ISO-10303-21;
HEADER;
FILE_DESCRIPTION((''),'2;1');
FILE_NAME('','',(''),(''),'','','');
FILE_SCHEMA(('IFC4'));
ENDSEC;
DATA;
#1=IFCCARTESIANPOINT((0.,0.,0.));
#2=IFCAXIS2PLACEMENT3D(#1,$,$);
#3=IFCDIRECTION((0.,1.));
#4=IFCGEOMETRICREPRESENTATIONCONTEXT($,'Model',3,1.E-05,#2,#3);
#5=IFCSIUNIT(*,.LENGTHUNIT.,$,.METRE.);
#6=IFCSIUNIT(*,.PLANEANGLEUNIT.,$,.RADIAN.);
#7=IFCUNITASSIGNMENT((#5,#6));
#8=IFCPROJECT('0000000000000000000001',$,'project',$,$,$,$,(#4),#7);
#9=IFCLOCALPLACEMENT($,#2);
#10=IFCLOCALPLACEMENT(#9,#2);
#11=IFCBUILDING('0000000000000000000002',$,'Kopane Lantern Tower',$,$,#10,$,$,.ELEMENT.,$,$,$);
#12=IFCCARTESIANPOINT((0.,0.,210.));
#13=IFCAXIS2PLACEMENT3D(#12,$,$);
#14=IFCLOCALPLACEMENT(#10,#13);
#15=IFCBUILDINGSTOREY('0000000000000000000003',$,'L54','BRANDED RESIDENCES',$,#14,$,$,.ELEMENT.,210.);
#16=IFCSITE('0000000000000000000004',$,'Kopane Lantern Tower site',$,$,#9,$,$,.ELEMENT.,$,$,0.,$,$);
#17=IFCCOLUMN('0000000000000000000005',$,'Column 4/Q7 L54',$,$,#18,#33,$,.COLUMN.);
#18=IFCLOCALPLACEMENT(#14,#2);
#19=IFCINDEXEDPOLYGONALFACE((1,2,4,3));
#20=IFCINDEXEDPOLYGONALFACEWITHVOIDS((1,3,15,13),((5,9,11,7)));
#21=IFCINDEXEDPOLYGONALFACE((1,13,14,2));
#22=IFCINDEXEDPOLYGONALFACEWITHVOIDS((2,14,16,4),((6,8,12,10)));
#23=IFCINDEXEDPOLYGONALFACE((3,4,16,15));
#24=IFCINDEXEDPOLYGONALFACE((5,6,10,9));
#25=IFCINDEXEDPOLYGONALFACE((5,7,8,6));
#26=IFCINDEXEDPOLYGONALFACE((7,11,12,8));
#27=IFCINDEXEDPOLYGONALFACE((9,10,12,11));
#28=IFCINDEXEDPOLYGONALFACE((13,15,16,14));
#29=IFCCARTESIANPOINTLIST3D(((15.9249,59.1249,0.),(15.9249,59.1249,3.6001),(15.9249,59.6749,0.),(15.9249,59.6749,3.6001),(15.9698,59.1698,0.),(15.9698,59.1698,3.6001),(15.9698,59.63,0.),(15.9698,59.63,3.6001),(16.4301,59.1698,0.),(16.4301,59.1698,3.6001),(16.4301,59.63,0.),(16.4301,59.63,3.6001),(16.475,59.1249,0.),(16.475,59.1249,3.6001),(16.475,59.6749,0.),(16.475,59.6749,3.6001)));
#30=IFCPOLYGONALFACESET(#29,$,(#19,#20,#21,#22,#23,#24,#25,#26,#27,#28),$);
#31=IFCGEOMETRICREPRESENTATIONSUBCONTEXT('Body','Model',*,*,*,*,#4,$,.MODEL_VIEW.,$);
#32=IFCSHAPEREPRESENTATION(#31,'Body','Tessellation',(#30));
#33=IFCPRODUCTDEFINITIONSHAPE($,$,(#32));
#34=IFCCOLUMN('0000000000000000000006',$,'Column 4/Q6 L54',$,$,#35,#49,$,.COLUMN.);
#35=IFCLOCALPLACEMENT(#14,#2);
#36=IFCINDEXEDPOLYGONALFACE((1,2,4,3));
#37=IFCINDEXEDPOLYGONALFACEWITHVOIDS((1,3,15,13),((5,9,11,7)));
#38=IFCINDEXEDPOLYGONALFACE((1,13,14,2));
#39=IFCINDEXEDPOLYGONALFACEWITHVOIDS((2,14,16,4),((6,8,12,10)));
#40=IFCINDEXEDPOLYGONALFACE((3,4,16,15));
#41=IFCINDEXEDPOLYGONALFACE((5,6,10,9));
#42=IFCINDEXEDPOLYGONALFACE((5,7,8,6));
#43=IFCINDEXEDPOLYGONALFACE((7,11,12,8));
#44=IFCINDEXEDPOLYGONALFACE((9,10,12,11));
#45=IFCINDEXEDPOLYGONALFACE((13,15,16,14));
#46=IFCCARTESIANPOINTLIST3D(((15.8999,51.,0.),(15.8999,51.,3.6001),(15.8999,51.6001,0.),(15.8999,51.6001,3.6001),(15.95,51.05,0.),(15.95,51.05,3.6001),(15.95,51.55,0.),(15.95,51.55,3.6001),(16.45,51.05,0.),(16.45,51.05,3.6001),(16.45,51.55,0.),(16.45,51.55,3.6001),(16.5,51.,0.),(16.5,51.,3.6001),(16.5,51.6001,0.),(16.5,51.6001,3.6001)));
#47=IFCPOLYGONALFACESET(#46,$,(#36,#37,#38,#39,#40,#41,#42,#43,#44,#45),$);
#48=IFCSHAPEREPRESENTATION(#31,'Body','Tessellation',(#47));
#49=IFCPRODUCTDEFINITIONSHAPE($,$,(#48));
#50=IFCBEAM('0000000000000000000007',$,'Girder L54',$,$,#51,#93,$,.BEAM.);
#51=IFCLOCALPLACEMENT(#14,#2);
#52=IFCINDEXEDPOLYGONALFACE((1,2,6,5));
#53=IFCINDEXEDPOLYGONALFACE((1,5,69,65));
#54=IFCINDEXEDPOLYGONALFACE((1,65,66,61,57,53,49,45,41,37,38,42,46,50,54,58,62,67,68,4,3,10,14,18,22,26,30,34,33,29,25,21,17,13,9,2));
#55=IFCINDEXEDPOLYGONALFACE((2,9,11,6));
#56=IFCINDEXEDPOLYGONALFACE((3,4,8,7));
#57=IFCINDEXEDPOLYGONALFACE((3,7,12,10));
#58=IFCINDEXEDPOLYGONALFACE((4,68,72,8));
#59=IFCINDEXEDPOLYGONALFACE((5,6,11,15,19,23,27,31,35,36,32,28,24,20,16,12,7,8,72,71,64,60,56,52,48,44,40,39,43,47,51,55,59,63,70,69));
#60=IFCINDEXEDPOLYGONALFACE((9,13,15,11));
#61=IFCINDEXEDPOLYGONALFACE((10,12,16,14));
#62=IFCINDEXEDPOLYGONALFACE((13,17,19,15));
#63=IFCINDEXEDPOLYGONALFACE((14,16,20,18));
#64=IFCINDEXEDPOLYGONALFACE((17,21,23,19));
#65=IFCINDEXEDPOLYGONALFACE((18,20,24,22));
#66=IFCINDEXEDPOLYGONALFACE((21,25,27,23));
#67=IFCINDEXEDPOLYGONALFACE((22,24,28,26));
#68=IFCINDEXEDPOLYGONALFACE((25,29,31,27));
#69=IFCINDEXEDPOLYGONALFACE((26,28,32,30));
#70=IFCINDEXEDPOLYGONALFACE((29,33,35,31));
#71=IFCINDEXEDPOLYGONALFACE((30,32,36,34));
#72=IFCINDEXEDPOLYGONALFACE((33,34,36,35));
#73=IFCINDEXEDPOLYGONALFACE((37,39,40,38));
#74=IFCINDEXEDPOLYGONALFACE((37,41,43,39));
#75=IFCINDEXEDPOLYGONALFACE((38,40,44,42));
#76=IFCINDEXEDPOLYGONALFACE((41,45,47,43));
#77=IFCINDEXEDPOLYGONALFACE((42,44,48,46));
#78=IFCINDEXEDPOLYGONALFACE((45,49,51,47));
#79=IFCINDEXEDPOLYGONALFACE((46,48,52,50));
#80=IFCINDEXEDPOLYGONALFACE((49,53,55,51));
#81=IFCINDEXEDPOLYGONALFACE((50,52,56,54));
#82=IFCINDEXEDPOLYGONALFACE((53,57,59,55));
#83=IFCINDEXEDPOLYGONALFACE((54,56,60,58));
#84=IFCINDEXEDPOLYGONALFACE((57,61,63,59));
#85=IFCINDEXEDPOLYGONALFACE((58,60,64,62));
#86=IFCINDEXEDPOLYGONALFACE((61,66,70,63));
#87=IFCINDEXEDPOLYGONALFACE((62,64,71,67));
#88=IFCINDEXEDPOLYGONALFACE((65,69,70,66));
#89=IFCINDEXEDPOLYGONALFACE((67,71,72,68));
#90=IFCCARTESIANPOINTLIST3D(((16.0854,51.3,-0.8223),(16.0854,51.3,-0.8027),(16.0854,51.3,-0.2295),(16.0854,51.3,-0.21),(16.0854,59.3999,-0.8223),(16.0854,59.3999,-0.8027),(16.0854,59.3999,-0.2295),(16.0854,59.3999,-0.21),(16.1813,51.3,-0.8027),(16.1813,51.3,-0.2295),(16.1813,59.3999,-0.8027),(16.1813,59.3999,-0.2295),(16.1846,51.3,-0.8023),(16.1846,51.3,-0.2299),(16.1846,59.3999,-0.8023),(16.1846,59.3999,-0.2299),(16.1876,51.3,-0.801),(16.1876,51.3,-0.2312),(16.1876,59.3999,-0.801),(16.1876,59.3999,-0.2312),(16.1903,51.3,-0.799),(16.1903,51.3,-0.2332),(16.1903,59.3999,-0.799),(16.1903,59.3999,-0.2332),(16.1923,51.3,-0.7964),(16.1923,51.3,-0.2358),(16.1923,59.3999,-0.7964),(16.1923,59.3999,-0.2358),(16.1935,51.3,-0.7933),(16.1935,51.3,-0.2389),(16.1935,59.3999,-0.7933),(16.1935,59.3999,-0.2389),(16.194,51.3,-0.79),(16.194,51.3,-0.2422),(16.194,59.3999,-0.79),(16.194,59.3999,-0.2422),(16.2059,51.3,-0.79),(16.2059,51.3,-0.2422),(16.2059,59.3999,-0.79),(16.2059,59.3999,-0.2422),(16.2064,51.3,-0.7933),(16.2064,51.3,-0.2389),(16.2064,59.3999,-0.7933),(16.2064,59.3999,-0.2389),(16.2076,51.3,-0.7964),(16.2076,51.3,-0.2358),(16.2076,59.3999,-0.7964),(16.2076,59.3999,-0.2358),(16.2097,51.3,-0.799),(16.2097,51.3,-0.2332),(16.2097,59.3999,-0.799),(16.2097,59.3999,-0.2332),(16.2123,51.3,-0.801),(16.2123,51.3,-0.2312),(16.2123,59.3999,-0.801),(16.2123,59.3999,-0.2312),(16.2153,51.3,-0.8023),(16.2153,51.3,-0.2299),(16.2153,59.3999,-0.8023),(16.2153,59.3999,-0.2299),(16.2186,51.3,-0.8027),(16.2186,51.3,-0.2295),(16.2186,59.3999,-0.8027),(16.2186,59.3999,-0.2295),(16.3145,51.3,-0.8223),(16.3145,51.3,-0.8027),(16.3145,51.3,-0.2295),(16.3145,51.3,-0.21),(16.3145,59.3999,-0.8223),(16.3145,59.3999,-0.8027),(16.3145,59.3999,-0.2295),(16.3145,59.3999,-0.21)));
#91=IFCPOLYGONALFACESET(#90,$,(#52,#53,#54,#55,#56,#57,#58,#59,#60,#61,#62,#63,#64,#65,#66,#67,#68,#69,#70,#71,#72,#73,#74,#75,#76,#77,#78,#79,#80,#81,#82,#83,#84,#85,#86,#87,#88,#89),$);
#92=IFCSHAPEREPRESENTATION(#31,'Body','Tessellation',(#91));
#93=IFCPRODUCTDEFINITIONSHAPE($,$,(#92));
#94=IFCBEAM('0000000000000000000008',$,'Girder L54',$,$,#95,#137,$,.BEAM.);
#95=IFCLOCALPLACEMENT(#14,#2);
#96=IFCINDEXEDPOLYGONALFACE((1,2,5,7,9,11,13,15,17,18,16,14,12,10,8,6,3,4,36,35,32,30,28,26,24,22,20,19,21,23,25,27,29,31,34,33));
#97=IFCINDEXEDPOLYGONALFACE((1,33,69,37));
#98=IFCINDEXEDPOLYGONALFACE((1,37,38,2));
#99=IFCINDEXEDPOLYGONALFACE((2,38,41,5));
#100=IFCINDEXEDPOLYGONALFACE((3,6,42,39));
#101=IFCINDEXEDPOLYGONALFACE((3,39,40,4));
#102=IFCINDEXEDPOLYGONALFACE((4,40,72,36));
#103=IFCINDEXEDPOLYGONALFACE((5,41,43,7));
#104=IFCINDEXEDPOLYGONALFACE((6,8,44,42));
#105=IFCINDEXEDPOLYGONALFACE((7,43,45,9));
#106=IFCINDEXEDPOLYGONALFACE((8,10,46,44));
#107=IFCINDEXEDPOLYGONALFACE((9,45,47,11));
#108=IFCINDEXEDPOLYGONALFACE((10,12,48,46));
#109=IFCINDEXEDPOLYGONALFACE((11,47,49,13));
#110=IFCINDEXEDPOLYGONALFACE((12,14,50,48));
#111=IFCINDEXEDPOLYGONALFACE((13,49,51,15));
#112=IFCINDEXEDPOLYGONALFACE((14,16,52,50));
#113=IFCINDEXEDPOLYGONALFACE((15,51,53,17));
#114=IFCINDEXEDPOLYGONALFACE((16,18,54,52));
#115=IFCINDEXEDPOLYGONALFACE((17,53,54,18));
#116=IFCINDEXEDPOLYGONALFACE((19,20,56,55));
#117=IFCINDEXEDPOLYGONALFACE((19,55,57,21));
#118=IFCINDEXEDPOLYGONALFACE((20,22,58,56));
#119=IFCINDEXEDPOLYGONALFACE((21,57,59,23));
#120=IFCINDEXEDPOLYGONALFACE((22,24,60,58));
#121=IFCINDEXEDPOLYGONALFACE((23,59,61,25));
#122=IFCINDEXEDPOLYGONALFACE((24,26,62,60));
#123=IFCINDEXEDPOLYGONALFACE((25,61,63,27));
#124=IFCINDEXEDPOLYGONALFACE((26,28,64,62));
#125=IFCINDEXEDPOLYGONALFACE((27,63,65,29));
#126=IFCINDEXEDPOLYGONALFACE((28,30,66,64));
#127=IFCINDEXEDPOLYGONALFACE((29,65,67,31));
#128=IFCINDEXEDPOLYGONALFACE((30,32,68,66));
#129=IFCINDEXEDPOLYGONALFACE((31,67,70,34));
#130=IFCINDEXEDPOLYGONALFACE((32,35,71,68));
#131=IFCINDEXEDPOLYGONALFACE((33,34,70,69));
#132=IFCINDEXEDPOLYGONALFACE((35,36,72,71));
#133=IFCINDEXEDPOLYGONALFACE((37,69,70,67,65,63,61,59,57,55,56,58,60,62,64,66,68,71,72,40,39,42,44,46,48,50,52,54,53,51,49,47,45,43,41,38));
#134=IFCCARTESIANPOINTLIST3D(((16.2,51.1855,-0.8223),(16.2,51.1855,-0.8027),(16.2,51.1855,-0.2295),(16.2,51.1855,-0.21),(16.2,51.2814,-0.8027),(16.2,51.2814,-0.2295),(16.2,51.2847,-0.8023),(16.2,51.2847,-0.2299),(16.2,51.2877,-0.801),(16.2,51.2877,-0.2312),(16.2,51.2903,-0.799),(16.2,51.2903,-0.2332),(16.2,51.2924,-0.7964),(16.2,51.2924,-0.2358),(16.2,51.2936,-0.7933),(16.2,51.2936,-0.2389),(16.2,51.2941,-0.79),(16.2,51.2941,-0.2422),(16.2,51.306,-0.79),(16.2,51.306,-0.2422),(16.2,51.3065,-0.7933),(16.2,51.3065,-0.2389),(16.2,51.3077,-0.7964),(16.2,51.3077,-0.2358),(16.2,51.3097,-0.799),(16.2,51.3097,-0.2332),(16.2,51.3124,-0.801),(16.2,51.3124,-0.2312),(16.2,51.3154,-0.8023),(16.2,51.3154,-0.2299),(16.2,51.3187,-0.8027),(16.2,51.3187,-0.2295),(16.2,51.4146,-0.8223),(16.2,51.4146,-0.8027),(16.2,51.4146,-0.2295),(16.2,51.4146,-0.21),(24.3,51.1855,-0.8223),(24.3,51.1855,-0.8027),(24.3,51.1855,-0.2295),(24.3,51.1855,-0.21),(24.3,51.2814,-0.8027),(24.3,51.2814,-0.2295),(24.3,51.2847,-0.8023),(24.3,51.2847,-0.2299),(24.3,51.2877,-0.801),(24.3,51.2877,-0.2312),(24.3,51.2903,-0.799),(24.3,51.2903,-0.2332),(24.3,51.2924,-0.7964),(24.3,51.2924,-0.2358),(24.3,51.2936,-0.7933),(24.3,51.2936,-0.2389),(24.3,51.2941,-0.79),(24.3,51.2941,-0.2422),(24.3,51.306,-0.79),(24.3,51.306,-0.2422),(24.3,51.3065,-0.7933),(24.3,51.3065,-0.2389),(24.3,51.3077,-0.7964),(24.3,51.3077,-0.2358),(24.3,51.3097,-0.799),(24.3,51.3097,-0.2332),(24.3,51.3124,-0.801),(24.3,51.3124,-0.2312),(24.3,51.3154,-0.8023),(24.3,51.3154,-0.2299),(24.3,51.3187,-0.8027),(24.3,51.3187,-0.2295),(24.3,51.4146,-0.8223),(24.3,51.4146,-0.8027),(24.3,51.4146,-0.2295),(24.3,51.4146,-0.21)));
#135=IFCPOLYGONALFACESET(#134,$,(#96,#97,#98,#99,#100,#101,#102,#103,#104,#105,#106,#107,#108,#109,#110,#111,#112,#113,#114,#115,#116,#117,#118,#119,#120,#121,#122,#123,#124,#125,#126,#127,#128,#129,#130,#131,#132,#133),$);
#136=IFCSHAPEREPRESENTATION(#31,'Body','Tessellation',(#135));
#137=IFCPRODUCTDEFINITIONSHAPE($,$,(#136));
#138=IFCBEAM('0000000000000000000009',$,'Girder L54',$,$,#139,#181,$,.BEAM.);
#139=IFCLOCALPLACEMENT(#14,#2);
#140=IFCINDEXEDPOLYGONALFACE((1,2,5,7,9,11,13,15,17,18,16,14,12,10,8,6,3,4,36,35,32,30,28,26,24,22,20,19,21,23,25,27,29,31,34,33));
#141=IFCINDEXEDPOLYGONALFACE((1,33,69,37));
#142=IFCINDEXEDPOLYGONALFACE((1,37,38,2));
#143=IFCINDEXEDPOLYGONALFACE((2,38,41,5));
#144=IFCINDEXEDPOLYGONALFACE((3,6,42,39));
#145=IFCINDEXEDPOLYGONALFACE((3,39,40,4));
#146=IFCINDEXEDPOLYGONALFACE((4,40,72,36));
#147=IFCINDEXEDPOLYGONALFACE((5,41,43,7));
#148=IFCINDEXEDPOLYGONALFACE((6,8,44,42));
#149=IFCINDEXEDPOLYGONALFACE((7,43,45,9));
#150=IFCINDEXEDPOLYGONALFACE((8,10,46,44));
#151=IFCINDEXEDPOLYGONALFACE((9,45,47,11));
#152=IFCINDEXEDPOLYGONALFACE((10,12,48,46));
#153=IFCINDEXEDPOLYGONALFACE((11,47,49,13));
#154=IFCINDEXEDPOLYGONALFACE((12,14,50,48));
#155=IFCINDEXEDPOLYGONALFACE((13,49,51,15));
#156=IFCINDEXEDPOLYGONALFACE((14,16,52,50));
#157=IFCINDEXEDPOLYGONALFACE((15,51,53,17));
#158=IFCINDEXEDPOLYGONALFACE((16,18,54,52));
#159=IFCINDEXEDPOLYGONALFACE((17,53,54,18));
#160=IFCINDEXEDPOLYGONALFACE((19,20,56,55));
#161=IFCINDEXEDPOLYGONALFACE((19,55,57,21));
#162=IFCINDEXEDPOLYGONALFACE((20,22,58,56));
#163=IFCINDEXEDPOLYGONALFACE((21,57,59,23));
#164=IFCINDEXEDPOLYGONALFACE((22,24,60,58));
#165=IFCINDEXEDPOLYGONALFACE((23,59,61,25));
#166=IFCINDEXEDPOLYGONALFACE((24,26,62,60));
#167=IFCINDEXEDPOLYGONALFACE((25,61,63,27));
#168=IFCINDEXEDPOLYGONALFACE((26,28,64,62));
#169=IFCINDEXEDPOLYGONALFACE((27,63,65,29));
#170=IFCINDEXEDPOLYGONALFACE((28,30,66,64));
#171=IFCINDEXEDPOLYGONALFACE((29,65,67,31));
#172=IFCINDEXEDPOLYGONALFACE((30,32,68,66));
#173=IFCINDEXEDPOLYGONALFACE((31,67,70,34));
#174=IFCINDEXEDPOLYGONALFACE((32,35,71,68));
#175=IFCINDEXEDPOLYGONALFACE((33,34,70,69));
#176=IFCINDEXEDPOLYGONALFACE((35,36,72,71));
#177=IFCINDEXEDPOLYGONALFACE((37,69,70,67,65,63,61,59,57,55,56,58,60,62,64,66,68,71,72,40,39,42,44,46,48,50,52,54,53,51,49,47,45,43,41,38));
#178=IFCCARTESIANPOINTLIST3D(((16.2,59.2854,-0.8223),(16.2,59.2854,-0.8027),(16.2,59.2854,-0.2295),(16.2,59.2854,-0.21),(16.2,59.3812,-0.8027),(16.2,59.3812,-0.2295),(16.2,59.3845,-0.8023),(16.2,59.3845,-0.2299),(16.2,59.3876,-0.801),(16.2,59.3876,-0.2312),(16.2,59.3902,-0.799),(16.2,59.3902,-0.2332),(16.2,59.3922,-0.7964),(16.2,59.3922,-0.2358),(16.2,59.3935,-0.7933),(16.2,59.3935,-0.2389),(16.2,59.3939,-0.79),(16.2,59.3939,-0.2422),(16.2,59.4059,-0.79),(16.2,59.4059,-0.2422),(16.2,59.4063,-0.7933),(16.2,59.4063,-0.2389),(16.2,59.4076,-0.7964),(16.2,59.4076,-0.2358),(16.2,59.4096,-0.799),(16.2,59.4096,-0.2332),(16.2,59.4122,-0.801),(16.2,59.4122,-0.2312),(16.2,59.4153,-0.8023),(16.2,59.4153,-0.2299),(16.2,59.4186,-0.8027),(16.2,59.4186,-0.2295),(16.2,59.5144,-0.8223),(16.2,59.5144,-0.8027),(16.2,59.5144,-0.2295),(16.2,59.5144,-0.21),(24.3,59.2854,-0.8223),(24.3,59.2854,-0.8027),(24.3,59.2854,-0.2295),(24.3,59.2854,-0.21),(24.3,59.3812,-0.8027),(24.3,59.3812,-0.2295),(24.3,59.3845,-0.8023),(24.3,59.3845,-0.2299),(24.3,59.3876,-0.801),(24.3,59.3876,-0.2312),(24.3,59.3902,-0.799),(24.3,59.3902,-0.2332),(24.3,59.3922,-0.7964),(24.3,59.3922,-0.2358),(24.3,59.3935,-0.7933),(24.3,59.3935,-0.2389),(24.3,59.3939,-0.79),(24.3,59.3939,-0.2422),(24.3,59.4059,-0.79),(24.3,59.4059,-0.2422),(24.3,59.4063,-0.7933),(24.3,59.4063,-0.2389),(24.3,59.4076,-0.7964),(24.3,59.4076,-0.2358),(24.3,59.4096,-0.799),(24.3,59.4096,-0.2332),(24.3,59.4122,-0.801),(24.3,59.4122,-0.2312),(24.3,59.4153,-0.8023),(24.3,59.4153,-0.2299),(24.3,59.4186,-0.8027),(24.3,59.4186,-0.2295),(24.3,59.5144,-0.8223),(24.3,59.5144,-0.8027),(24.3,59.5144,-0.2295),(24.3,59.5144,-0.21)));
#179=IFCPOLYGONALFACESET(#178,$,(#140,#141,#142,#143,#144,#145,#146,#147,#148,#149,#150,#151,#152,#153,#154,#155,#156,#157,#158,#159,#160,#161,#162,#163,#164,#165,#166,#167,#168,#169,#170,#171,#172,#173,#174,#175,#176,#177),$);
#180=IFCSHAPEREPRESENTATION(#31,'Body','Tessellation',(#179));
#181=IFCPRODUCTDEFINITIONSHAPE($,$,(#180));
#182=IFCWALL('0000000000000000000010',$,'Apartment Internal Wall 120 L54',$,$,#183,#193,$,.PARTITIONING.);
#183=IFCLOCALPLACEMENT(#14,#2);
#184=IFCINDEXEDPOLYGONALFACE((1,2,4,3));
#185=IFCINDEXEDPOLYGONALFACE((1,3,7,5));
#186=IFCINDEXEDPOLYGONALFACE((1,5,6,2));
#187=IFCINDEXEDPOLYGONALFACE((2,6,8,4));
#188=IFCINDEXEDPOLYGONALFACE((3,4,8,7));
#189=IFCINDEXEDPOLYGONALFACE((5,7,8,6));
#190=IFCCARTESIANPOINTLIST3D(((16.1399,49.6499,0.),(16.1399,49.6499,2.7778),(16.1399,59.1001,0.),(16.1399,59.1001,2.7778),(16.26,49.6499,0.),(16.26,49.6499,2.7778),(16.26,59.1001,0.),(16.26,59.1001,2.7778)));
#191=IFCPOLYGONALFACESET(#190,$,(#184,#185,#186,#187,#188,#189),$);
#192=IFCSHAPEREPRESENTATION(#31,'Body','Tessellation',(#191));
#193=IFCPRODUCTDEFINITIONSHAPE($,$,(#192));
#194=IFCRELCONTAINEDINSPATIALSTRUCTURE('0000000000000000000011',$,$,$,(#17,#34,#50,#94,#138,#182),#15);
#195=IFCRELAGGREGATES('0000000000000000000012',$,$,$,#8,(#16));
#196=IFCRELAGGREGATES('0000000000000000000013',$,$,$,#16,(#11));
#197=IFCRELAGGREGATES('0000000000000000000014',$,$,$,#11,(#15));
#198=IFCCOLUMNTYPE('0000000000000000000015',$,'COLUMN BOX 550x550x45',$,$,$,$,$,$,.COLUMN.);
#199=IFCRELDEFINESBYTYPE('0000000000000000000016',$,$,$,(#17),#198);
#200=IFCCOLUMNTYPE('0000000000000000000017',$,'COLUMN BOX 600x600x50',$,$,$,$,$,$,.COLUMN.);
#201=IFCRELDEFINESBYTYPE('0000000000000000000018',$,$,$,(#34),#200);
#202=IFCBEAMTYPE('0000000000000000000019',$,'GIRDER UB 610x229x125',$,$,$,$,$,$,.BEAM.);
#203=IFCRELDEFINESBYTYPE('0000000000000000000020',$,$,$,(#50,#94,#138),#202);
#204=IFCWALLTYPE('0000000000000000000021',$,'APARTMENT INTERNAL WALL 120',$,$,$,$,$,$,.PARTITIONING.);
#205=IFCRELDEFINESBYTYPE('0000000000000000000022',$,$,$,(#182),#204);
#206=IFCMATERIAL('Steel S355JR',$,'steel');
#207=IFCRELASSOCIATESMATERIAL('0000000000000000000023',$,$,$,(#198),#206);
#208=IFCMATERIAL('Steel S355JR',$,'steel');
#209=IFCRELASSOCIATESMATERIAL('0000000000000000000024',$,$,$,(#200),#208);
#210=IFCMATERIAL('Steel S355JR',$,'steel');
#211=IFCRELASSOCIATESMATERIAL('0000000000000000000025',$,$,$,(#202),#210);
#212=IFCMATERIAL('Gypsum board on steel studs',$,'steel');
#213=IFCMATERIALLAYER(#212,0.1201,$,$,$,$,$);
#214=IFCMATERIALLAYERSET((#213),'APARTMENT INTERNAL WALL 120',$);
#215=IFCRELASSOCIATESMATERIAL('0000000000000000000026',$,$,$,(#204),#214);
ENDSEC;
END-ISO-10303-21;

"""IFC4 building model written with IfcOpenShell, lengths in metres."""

from ifc_helpers import new_model, si_unit, direction, frame, frame_2d, origin, origin_2d, place, context, subcontext, project, spatial, rectangle, hollow_rectangle, i_section, extrude, material, layer, layer_set, material_profile, profile_set, type_object, element, save


model = new_model("IFC4")

# Units and contexts
model_context = context("Model", 3, precision=1e-05, world=origin(), true_north=direction((0.0, 1.0)))
body_context = subcontext(model_context, "Body", "Model", "MODEL_VIEW")
ifc_project = project(units=[si_unit("LENGTHUNIT", "METRE"), si_unit("PLANEANGLEUNIT", "RADIAN")], contexts=[model_context])

# Site, building, storey
site_placement = place(None, origin())
site = spatial("IfcSite", under=ifc_project, at=site_placement, Name="Kopane Lantern Tower site", CompositionType="ELEMENT", RefElevation=0.0)
building_placement = place(site_placement, origin())
building = spatial("IfcBuilding", under=site, at=building_placement, Name="Kopane Lantern Tower", CompositionType="ELEMENT")
storey_placement = place(building_placement, frame((0.0, 0.0, 210.0)))
storey = spatial("IfcBuildingStorey", under=building, at=storey_placement, Name="L54", Description="BRANDED RESIDENCES", CompositionType="ELEMENT", Elevation=210.0)

# Columns
ifc_material_1 = material(Name="Steel S355JR", Category="steel")
ifc_material_profile_1 = material_profile(ifc_material_1, hollow_rectangle(XDim=0.55, YDim=0.55, WallThickness=0.0449, at=origin_2d()), Name="BOX 550x550x45")
ifc_profile_set_1 = profile_set([ifc_material_profile_1], Name="Steel S355JR")
column_type_1 = type_object("IfcColumnType", Name="COLUMN BOX 550x550x45", PredefinedType="COLUMN", material=ifc_profile_set_1)
column_1_placement = place(storey_placement, frame((16.2, 59.3999, 0.0), z_axis=(0.0, 0.0, 1.0), x_axis=(1.0, 0.0, 0.0)))
element("IfcColumn", 1, at=column_1_placement, inside=storey, type_object=column_type_1, Name="Column 4/Q7 L54", PredefinedType="COLUMN", context=body_context, shape_type="SweptSolid", body=[
    extrude(hollow_rectangle(XDim=0.55, YDim=0.55, WallThickness=0.0449, at=origin_2d()), origin(), (0.0, 0.0, 1.0), 3.6001),
])
ifc_material_2 = material(Name="Steel S355JR", Category="steel")
ifc_material_profile_2 = material_profile(ifc_material_2, hollow_rectangle(XDim=0.6001, YDim=0.6001, WallThickness=0.05, at=origin_2d()), Name="BOX 600x600x50")
ifc_profile_set_2 = profile_set([ifc_material_profile_2], Name="Steel S355JR")
column_type_2 = type_object("IfcColumnType", Name="COLUMN BOX 600x600x50", PredefinedType="COLUMN", material=ifc_profile_set_2)
column_2_placement = place(storey_placement, frame((16.2, 51.3, 0.0), z_axis=(0.0, 0.0, 1.0), x_axis=(1.0, 0.0, 0.0)))
element("IfcColumn", 2, at=column_2_placement, inside=storey, type_object=column_type_2, Name="Column 4/Q6 L54", PredefinedType="COLUMN", context=body_context, shape_type="SweptSolid", body=[
    extrude(hollow_rectangle(XDim=0.6001, YDim=0.6001, WallThickness=0.05, at=origin_2d()), origin(), (0.0, 0.0, 1.0), 3.6001),
])

# Beams
ifc_material_3 = material(Name="Steel S355JR", Category="steel")
ifc_material_profile_3 = material_profile(ifc_material_3, i_section(OverallWidth=0.229, OverallDepth=0.6123, WebThickness=0.012, FlangeThickness=0.0195, FilletRadius=0.0127, at=origin_2d()), Name="UB 610x229x125")
ifc_profile_set_3 = profile_set([ifc_material_profile_3], Name="Steel S355JR")
beam_type = type_object("IfcBeamType", Name="GIRDER UB 610x229x125", PredefinedType="BEAM", material=ifc_profile_set_3)
beam_placement = place(storey_placement, frame((16.2, 51.3, -0.5161), z_axis=(0.0, 1.0, 0.0), x_axis=(-1.0, 0.0, 0.0)))
element("IfcBeam", 3, at=beam_placement, inside=storey, type_object=beam_type, Name="Girder L54", PredefinedType="BEAM", context=body_context, shape_type="SweptSolid", body=[
    extrude(i_section(OverallWidth=0.229, OverallDepth=0.6123, WebThickness=0.012, FlangeThickness=0.0195, FilletRadius=0.0127, at=origin_2d()), origin(), (0.0, 0.0, 1.0), 8.0999),
])
for number, where, z_axis, x_axis, name in (
    (4, (16.2, 51.3, -0.5161), (1.0, 0.0, 0.0), (0.0, 1.0, 0.0), "Girder L54"),
    (5, (16.2, 59.3999, -0.5161), (1.0, 0.0, 0.0), (0.0, 1.0, 0.0), "Girder L54"),
):
    element("IfcBeam", number, at=place(storey_placement, frame(where, z_axis=z_axis, x_axis=x_axis)), inside=storey, type_object=beam_type, Name=name, PredefinedType="BEAM", context=body_context, shape_type="SweptSolid", body=[
        extrude(i_section(OverallWidth=0.229, OverallDepth=0.6123, WebThickness=0.012, FlangeThickness=0.0195, FilletRadius=0.0127, at=origin_2d()), origin(), (0.0, 0.0, 1.0), 8.1001),
    ])

# Wall
ifc_material_4 = material(Name="Gypsum board on steel studs", Category="steel")
ifc_layer_1 = layer(ifc_material_4, 0.1201)
ifc_layer_set_1 = layer_set([ifc_layer_1], Name="APARTMENT INTERNAL WALL 120")
wall_type_1 = type_object("IfcWallType", Name="APARTMENT INTERNAL WALL 120", PredefinedType="PARTITIONING", material=ifc_layer_set_1)
wall_1_placement = place(storey_placement, frame((16.2, 49.6499, 0.0), z_axis=(0.0, 0.0, 1.0), x_axis=(0.0, 1.0, 0.0)))
element("IfcWall", 6, at=wall_1_placement, inside=storey, type_object=wall_type_1, Name="Apartment Internal Wall 120 L54", PredefinedType="PARTITIONING", context=body_context, shape_type="SweptSolid", body=[
    extrude(rectangle(XDim=9.4502, YDim=0.1201, at=frame_2d((4.7251, 0.0))), origin(), (0.0, 0.0, 1.0), 2.7778),
])

save(model, "model.ifc")
